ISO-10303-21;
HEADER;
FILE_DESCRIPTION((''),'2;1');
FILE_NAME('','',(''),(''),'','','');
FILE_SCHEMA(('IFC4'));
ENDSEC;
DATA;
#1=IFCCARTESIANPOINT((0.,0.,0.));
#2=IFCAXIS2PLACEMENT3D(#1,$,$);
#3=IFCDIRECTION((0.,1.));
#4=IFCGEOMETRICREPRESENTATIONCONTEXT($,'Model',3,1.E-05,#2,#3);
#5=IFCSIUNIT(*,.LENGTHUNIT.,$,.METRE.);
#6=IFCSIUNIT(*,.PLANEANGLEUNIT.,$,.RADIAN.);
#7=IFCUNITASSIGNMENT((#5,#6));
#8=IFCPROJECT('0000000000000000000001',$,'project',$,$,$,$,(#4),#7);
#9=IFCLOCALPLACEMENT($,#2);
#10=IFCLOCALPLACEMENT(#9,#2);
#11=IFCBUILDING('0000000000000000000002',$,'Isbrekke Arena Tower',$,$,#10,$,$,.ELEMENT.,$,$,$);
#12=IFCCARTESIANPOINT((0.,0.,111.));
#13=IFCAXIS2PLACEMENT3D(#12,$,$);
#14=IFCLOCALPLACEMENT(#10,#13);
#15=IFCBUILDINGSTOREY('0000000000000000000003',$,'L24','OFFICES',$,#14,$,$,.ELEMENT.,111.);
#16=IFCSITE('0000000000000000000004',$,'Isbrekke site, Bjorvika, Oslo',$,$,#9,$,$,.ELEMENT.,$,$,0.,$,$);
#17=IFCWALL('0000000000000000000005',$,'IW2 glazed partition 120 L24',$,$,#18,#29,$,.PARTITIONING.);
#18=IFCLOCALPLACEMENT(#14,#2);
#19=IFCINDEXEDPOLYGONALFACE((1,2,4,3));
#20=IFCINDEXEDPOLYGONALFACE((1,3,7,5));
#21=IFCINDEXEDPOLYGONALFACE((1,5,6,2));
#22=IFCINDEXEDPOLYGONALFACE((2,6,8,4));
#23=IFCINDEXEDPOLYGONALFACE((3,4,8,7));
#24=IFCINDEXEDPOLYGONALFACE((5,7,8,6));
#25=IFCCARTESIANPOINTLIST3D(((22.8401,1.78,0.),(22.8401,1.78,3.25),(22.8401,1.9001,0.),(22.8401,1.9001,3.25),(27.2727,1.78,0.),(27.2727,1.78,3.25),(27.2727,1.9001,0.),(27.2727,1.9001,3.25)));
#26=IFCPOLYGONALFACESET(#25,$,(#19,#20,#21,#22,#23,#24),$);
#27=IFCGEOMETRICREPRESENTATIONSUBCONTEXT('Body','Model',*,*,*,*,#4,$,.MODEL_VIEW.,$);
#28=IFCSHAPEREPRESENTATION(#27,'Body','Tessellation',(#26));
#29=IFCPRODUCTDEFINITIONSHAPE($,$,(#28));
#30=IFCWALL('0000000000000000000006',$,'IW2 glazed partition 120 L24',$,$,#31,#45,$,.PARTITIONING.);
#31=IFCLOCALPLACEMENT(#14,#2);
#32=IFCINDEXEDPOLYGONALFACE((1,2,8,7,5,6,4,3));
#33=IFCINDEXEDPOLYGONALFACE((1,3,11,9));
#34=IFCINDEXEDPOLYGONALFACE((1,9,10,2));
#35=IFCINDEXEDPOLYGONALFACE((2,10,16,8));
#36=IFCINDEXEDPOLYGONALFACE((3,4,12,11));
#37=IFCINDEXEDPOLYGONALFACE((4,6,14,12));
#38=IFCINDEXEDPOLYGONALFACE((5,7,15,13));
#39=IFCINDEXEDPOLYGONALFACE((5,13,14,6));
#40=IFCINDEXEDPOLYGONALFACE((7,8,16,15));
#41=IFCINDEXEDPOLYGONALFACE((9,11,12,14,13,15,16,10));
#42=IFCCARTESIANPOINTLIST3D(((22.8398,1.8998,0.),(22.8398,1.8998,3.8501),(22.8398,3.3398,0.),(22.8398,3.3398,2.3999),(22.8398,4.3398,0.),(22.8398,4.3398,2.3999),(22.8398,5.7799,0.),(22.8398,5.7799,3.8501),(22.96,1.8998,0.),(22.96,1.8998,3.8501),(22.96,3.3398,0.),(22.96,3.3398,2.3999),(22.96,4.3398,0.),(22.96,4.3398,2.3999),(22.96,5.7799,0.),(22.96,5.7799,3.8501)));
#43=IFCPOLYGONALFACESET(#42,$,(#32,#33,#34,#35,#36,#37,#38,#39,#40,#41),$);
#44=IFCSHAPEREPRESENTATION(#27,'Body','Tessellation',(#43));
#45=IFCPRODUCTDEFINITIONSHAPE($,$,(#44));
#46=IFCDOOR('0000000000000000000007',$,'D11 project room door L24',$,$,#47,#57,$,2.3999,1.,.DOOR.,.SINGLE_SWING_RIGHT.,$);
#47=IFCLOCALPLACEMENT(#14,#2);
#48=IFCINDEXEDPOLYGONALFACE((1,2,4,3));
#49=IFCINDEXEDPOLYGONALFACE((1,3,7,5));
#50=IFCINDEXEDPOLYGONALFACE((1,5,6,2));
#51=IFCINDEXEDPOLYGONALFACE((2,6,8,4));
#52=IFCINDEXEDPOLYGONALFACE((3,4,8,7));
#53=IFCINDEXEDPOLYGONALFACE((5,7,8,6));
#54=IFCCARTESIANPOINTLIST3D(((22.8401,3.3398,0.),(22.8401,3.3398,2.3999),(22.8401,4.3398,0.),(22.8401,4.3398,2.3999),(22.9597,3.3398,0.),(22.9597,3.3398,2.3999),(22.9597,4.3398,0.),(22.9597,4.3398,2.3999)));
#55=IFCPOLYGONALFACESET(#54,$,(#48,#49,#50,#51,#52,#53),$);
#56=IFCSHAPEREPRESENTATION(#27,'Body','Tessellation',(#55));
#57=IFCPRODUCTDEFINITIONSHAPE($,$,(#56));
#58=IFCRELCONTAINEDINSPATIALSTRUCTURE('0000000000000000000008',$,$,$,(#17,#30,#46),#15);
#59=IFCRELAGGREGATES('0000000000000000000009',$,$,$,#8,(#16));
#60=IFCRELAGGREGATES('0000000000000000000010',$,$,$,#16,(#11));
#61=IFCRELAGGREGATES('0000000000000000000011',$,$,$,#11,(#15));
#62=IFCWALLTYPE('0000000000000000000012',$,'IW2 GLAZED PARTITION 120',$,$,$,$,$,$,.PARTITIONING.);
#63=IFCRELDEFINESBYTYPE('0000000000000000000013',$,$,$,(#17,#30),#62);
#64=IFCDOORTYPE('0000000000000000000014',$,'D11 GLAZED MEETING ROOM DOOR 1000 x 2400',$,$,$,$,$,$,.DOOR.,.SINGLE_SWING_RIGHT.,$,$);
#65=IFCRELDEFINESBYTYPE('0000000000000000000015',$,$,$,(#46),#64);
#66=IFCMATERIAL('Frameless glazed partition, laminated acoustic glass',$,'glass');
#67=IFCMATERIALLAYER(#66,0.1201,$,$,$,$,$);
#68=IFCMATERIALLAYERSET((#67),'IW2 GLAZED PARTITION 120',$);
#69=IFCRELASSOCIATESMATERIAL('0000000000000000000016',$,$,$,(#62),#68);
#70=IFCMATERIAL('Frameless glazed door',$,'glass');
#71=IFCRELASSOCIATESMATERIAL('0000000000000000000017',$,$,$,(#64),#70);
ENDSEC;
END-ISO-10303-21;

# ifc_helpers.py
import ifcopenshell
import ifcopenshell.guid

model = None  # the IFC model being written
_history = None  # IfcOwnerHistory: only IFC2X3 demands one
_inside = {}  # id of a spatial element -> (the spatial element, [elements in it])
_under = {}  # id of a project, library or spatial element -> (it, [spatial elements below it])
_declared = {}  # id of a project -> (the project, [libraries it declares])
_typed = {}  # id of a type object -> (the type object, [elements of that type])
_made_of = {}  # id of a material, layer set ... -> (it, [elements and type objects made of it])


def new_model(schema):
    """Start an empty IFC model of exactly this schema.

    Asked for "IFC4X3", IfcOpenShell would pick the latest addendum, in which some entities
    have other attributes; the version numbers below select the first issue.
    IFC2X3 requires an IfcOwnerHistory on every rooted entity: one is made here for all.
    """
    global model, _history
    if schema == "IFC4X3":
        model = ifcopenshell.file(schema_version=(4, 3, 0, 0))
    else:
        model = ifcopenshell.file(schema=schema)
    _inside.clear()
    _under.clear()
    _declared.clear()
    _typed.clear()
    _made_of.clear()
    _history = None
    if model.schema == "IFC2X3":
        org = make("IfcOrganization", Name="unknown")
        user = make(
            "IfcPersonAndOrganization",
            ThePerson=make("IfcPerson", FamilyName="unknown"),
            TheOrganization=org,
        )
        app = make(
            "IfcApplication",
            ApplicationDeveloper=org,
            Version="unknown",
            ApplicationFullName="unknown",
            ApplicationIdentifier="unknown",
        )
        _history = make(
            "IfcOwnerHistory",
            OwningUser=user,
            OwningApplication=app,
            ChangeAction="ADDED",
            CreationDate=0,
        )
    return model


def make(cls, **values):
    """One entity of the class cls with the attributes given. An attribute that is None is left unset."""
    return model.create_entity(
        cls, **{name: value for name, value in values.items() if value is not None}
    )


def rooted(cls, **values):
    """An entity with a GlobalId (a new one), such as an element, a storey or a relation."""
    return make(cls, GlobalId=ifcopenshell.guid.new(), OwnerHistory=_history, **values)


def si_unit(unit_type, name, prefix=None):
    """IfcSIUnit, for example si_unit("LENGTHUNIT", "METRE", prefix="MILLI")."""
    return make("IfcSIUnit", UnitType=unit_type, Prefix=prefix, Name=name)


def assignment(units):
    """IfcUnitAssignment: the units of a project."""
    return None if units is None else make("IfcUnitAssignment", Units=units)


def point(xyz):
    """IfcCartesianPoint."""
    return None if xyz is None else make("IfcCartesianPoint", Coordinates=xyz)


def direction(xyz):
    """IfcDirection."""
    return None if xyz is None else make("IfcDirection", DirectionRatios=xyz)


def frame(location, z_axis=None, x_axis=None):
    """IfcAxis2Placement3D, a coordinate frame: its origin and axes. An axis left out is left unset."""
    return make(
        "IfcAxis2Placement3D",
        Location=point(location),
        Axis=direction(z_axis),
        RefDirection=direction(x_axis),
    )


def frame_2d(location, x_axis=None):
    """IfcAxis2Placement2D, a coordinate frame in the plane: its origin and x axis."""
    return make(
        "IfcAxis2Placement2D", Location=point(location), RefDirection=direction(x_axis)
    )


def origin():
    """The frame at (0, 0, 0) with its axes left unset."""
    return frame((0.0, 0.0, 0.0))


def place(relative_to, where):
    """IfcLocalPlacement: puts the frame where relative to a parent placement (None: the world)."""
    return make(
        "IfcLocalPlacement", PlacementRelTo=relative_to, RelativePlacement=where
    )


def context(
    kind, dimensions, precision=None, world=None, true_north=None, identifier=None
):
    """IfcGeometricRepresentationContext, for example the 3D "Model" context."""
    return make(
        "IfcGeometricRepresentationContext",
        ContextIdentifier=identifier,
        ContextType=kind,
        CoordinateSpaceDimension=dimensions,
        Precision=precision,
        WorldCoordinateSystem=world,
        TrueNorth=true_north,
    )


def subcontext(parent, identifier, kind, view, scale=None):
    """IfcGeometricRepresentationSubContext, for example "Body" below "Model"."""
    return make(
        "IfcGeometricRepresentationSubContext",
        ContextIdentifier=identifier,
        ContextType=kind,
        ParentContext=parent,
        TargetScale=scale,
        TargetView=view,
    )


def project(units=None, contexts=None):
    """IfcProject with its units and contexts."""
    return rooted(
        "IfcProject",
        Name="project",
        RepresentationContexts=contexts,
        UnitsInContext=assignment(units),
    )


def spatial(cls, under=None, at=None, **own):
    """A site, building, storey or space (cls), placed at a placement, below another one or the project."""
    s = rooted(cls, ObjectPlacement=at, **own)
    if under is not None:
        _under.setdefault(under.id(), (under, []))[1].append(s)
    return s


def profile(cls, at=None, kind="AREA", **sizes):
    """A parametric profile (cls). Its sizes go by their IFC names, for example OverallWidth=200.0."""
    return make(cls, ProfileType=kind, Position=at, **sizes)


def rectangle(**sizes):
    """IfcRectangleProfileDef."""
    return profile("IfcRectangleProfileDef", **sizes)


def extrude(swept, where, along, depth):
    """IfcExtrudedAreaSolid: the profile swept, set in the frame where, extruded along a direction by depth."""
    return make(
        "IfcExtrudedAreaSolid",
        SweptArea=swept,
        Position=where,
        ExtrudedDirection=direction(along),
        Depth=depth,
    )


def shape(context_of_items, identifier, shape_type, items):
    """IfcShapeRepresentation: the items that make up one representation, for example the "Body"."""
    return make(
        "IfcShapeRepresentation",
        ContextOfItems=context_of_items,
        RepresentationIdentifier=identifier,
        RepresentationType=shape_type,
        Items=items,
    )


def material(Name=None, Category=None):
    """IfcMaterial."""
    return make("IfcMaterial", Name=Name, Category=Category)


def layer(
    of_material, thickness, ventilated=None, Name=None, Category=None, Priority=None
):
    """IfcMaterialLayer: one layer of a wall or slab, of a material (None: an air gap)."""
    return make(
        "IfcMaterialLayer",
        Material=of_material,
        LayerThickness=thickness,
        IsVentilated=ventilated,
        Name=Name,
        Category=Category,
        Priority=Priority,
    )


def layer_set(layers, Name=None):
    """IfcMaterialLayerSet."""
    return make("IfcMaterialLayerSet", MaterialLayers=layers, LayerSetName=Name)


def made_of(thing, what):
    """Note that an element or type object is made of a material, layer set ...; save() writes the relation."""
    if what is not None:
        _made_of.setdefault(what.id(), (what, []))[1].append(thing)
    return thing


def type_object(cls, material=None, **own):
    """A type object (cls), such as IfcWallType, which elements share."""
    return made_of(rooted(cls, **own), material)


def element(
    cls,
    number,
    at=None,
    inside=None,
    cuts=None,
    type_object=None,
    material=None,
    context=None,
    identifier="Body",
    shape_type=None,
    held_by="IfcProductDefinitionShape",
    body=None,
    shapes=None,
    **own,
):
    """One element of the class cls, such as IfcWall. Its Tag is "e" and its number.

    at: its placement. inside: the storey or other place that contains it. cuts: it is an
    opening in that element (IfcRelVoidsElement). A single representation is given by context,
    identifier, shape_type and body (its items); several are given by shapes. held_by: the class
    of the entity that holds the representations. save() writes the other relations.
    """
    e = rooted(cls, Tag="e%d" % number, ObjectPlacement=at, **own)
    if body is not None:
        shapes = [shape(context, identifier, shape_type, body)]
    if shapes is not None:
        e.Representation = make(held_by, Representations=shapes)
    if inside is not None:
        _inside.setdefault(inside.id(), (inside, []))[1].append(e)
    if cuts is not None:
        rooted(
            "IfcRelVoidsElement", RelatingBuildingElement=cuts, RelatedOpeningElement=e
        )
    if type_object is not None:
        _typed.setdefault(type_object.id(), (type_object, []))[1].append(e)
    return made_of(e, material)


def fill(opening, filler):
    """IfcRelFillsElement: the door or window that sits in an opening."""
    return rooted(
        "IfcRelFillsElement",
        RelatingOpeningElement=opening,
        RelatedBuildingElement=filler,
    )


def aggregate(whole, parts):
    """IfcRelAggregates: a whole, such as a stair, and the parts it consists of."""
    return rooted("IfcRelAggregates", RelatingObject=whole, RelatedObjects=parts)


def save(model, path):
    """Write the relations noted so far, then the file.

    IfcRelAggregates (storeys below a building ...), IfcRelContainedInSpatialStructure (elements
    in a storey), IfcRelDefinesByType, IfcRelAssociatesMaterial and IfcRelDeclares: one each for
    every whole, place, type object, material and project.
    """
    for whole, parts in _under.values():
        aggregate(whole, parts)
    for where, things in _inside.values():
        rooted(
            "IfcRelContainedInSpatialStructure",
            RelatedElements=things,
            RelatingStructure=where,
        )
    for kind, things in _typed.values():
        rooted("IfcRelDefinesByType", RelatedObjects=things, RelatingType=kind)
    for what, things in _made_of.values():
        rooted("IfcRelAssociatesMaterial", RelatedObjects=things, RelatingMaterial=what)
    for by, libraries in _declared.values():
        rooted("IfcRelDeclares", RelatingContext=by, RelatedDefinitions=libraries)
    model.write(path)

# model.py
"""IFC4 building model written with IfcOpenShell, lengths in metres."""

from ifc_helpers import new_model, si_unit, direction, frame, frame_2d, origin, place, context, subcontext, project, spatial, rectangle, extrude, material, layer, layer_set, type_object, element, fill, save


model = new_model("IFC4")

# Units and contexts
model_context = context("Model", 3, precision=1e-05, world=origin(), true_north=direction((0.0, 1.0)))
body_context = subcontext(model_context, "Body", "Model", "MODEL_VIEW")
ifc_project = project(units=[si_unit("LENGTHUNIT", "METRE"), si_unit("PLANEANGLEUNIT", "RADIAN")], contexts=[model_context])

# Site, building, storey
site_placement = place(None, origin())
site = spatial("IfcSite", under=ifc_project, at=site_placement, Name="Isbrekke site, Bjorvika, Oslo", CompositionType="ELEMENT", RefElevation=0.0)
building_placement = place(site_placement, origin())
building = spatial("IfcBuilding", under=site, at=building_placement, Name="Isbrekke Arena Tower", CompositionType="ELEMENT")
storey_placement = place(building_placement, frame((0.0, 0.0, 111.0)))
storey = spatial("IfcBuildingStorey", under=building, at=storey_placement, Name="L24", Description="OFFICES", CompositionType="ELEMENT", Elevation=111.0)

# Wall
ifc_material_1 = material(Name="Frameless glazed partition, laminated acoustic glass", Category="glass")
ifc_layer_1 = layer(ifc_material_1, 0.1201)
ifc_layer_set_1 = layer_set([ifc_layer_1], Name="IW2 GLAZED PARTITION 120")
wall_type = type_object("IfcWallType", Name="IW2 GLAZED PARTITION 120", PredefinedType="PARTITIONING", material=ifc_layer_set_1)
wall_1_placement = place(storey_placement, frame((22.8401, 1.8401, 0.0), z_axis=(0.0, 0.0, 1.0), x_axis=(1.0, 0.0, 0.0)))
element("IfcWall", 1, at=wall_1_placement, inside=storey, type_object=wall_type, Name="IW2 glazed partition 120 L24", PredefinedType="PARTITIONING", context=body_context, shape_type="SweptSolid", body=[
    extrude(rectangle(XDim=4.4326, YDim=0.1201, at=frame_2d((2.2163, 0.0))), origin(), (0.0, 0.0, 1.0), 3.25),
])

# Wall, opening, door
wall_2_placement = place(storey_placement, frame((22.8999, 1.8999, 0.0), z_axis=(0.0, 0.0, 1.0), x_axis=(0.0, 1.0, 0.0)))
wall_2 = element("IfcWall", 2, at=wall_2_placement, inside=storey, type_object=wall_type, Name="IW2 glazed partition 120 L24", PredefinedType="PARTITIONING", context=body_context, shape_type="SweptSolid", body=[
    extrude(rectangle(XDim=3.8801, YDim=0.1201, at=frame_2d((1.9399, 0.0))), origin(), (0.0, 0.0, 1.0), 3.8501),
])
opening_placement = place(wall_2_placement, frame((1.4399, 0.0, 0.0)))
opening = element("IfcOpeningElement", 3, at=opening_placement, cuts=wall_2, PredefinedType="OPENING", context=body_context, shape_type="SweptSolid", body=[
    extrude(rectangle(XDim=1.0, YDim=2.3999, at=frame_2d((0.5, 1.2))), frame((0.0, 0.075, 0.0), z_axis=(0.0, -1.0, 0.0), x_axis=(1.0, 0.0, 0.0)), (0.0, 0.0, 1.0), 0.1499),
])
ifc_material_2 = material(Name="Frameless glazed door", Category="glass")
door_type = type_object("IfcDoorType", Name="D11 GLAZED MEETING ROOM DOOR 1000 x 2400", OperationType="SINGLE_SWING_RIGHT", PredefinedType="DOOR", material=ifc_material_2)
door_placement = place(opening_placement, origin())
door = element("IfcDoor", 4, at=door_placement, inside=storey, type_object=door_type, Name="D11 project room door L24", OperationType="SINGLE_SWING_RIGHT", OverallHeight=2.3999, OverallWidth=1.0, PredefinedType="DOOR", context=body_context, shape_type="SweptSolid", body=[
    extrude(rectangle(XDim=1.0, YDim=2.3999, at=frame_2d((0.5, 1.2))), frame((0.0, 0.0598, 0.0), z_axis=(0.0, -1.0, 0.0), x_axis=(1.0, 0.0, 0.0)), (0.0, 0.0, 1.0), 0.1196),
])
fill(opening, door)

save(model, "model.ifc")
